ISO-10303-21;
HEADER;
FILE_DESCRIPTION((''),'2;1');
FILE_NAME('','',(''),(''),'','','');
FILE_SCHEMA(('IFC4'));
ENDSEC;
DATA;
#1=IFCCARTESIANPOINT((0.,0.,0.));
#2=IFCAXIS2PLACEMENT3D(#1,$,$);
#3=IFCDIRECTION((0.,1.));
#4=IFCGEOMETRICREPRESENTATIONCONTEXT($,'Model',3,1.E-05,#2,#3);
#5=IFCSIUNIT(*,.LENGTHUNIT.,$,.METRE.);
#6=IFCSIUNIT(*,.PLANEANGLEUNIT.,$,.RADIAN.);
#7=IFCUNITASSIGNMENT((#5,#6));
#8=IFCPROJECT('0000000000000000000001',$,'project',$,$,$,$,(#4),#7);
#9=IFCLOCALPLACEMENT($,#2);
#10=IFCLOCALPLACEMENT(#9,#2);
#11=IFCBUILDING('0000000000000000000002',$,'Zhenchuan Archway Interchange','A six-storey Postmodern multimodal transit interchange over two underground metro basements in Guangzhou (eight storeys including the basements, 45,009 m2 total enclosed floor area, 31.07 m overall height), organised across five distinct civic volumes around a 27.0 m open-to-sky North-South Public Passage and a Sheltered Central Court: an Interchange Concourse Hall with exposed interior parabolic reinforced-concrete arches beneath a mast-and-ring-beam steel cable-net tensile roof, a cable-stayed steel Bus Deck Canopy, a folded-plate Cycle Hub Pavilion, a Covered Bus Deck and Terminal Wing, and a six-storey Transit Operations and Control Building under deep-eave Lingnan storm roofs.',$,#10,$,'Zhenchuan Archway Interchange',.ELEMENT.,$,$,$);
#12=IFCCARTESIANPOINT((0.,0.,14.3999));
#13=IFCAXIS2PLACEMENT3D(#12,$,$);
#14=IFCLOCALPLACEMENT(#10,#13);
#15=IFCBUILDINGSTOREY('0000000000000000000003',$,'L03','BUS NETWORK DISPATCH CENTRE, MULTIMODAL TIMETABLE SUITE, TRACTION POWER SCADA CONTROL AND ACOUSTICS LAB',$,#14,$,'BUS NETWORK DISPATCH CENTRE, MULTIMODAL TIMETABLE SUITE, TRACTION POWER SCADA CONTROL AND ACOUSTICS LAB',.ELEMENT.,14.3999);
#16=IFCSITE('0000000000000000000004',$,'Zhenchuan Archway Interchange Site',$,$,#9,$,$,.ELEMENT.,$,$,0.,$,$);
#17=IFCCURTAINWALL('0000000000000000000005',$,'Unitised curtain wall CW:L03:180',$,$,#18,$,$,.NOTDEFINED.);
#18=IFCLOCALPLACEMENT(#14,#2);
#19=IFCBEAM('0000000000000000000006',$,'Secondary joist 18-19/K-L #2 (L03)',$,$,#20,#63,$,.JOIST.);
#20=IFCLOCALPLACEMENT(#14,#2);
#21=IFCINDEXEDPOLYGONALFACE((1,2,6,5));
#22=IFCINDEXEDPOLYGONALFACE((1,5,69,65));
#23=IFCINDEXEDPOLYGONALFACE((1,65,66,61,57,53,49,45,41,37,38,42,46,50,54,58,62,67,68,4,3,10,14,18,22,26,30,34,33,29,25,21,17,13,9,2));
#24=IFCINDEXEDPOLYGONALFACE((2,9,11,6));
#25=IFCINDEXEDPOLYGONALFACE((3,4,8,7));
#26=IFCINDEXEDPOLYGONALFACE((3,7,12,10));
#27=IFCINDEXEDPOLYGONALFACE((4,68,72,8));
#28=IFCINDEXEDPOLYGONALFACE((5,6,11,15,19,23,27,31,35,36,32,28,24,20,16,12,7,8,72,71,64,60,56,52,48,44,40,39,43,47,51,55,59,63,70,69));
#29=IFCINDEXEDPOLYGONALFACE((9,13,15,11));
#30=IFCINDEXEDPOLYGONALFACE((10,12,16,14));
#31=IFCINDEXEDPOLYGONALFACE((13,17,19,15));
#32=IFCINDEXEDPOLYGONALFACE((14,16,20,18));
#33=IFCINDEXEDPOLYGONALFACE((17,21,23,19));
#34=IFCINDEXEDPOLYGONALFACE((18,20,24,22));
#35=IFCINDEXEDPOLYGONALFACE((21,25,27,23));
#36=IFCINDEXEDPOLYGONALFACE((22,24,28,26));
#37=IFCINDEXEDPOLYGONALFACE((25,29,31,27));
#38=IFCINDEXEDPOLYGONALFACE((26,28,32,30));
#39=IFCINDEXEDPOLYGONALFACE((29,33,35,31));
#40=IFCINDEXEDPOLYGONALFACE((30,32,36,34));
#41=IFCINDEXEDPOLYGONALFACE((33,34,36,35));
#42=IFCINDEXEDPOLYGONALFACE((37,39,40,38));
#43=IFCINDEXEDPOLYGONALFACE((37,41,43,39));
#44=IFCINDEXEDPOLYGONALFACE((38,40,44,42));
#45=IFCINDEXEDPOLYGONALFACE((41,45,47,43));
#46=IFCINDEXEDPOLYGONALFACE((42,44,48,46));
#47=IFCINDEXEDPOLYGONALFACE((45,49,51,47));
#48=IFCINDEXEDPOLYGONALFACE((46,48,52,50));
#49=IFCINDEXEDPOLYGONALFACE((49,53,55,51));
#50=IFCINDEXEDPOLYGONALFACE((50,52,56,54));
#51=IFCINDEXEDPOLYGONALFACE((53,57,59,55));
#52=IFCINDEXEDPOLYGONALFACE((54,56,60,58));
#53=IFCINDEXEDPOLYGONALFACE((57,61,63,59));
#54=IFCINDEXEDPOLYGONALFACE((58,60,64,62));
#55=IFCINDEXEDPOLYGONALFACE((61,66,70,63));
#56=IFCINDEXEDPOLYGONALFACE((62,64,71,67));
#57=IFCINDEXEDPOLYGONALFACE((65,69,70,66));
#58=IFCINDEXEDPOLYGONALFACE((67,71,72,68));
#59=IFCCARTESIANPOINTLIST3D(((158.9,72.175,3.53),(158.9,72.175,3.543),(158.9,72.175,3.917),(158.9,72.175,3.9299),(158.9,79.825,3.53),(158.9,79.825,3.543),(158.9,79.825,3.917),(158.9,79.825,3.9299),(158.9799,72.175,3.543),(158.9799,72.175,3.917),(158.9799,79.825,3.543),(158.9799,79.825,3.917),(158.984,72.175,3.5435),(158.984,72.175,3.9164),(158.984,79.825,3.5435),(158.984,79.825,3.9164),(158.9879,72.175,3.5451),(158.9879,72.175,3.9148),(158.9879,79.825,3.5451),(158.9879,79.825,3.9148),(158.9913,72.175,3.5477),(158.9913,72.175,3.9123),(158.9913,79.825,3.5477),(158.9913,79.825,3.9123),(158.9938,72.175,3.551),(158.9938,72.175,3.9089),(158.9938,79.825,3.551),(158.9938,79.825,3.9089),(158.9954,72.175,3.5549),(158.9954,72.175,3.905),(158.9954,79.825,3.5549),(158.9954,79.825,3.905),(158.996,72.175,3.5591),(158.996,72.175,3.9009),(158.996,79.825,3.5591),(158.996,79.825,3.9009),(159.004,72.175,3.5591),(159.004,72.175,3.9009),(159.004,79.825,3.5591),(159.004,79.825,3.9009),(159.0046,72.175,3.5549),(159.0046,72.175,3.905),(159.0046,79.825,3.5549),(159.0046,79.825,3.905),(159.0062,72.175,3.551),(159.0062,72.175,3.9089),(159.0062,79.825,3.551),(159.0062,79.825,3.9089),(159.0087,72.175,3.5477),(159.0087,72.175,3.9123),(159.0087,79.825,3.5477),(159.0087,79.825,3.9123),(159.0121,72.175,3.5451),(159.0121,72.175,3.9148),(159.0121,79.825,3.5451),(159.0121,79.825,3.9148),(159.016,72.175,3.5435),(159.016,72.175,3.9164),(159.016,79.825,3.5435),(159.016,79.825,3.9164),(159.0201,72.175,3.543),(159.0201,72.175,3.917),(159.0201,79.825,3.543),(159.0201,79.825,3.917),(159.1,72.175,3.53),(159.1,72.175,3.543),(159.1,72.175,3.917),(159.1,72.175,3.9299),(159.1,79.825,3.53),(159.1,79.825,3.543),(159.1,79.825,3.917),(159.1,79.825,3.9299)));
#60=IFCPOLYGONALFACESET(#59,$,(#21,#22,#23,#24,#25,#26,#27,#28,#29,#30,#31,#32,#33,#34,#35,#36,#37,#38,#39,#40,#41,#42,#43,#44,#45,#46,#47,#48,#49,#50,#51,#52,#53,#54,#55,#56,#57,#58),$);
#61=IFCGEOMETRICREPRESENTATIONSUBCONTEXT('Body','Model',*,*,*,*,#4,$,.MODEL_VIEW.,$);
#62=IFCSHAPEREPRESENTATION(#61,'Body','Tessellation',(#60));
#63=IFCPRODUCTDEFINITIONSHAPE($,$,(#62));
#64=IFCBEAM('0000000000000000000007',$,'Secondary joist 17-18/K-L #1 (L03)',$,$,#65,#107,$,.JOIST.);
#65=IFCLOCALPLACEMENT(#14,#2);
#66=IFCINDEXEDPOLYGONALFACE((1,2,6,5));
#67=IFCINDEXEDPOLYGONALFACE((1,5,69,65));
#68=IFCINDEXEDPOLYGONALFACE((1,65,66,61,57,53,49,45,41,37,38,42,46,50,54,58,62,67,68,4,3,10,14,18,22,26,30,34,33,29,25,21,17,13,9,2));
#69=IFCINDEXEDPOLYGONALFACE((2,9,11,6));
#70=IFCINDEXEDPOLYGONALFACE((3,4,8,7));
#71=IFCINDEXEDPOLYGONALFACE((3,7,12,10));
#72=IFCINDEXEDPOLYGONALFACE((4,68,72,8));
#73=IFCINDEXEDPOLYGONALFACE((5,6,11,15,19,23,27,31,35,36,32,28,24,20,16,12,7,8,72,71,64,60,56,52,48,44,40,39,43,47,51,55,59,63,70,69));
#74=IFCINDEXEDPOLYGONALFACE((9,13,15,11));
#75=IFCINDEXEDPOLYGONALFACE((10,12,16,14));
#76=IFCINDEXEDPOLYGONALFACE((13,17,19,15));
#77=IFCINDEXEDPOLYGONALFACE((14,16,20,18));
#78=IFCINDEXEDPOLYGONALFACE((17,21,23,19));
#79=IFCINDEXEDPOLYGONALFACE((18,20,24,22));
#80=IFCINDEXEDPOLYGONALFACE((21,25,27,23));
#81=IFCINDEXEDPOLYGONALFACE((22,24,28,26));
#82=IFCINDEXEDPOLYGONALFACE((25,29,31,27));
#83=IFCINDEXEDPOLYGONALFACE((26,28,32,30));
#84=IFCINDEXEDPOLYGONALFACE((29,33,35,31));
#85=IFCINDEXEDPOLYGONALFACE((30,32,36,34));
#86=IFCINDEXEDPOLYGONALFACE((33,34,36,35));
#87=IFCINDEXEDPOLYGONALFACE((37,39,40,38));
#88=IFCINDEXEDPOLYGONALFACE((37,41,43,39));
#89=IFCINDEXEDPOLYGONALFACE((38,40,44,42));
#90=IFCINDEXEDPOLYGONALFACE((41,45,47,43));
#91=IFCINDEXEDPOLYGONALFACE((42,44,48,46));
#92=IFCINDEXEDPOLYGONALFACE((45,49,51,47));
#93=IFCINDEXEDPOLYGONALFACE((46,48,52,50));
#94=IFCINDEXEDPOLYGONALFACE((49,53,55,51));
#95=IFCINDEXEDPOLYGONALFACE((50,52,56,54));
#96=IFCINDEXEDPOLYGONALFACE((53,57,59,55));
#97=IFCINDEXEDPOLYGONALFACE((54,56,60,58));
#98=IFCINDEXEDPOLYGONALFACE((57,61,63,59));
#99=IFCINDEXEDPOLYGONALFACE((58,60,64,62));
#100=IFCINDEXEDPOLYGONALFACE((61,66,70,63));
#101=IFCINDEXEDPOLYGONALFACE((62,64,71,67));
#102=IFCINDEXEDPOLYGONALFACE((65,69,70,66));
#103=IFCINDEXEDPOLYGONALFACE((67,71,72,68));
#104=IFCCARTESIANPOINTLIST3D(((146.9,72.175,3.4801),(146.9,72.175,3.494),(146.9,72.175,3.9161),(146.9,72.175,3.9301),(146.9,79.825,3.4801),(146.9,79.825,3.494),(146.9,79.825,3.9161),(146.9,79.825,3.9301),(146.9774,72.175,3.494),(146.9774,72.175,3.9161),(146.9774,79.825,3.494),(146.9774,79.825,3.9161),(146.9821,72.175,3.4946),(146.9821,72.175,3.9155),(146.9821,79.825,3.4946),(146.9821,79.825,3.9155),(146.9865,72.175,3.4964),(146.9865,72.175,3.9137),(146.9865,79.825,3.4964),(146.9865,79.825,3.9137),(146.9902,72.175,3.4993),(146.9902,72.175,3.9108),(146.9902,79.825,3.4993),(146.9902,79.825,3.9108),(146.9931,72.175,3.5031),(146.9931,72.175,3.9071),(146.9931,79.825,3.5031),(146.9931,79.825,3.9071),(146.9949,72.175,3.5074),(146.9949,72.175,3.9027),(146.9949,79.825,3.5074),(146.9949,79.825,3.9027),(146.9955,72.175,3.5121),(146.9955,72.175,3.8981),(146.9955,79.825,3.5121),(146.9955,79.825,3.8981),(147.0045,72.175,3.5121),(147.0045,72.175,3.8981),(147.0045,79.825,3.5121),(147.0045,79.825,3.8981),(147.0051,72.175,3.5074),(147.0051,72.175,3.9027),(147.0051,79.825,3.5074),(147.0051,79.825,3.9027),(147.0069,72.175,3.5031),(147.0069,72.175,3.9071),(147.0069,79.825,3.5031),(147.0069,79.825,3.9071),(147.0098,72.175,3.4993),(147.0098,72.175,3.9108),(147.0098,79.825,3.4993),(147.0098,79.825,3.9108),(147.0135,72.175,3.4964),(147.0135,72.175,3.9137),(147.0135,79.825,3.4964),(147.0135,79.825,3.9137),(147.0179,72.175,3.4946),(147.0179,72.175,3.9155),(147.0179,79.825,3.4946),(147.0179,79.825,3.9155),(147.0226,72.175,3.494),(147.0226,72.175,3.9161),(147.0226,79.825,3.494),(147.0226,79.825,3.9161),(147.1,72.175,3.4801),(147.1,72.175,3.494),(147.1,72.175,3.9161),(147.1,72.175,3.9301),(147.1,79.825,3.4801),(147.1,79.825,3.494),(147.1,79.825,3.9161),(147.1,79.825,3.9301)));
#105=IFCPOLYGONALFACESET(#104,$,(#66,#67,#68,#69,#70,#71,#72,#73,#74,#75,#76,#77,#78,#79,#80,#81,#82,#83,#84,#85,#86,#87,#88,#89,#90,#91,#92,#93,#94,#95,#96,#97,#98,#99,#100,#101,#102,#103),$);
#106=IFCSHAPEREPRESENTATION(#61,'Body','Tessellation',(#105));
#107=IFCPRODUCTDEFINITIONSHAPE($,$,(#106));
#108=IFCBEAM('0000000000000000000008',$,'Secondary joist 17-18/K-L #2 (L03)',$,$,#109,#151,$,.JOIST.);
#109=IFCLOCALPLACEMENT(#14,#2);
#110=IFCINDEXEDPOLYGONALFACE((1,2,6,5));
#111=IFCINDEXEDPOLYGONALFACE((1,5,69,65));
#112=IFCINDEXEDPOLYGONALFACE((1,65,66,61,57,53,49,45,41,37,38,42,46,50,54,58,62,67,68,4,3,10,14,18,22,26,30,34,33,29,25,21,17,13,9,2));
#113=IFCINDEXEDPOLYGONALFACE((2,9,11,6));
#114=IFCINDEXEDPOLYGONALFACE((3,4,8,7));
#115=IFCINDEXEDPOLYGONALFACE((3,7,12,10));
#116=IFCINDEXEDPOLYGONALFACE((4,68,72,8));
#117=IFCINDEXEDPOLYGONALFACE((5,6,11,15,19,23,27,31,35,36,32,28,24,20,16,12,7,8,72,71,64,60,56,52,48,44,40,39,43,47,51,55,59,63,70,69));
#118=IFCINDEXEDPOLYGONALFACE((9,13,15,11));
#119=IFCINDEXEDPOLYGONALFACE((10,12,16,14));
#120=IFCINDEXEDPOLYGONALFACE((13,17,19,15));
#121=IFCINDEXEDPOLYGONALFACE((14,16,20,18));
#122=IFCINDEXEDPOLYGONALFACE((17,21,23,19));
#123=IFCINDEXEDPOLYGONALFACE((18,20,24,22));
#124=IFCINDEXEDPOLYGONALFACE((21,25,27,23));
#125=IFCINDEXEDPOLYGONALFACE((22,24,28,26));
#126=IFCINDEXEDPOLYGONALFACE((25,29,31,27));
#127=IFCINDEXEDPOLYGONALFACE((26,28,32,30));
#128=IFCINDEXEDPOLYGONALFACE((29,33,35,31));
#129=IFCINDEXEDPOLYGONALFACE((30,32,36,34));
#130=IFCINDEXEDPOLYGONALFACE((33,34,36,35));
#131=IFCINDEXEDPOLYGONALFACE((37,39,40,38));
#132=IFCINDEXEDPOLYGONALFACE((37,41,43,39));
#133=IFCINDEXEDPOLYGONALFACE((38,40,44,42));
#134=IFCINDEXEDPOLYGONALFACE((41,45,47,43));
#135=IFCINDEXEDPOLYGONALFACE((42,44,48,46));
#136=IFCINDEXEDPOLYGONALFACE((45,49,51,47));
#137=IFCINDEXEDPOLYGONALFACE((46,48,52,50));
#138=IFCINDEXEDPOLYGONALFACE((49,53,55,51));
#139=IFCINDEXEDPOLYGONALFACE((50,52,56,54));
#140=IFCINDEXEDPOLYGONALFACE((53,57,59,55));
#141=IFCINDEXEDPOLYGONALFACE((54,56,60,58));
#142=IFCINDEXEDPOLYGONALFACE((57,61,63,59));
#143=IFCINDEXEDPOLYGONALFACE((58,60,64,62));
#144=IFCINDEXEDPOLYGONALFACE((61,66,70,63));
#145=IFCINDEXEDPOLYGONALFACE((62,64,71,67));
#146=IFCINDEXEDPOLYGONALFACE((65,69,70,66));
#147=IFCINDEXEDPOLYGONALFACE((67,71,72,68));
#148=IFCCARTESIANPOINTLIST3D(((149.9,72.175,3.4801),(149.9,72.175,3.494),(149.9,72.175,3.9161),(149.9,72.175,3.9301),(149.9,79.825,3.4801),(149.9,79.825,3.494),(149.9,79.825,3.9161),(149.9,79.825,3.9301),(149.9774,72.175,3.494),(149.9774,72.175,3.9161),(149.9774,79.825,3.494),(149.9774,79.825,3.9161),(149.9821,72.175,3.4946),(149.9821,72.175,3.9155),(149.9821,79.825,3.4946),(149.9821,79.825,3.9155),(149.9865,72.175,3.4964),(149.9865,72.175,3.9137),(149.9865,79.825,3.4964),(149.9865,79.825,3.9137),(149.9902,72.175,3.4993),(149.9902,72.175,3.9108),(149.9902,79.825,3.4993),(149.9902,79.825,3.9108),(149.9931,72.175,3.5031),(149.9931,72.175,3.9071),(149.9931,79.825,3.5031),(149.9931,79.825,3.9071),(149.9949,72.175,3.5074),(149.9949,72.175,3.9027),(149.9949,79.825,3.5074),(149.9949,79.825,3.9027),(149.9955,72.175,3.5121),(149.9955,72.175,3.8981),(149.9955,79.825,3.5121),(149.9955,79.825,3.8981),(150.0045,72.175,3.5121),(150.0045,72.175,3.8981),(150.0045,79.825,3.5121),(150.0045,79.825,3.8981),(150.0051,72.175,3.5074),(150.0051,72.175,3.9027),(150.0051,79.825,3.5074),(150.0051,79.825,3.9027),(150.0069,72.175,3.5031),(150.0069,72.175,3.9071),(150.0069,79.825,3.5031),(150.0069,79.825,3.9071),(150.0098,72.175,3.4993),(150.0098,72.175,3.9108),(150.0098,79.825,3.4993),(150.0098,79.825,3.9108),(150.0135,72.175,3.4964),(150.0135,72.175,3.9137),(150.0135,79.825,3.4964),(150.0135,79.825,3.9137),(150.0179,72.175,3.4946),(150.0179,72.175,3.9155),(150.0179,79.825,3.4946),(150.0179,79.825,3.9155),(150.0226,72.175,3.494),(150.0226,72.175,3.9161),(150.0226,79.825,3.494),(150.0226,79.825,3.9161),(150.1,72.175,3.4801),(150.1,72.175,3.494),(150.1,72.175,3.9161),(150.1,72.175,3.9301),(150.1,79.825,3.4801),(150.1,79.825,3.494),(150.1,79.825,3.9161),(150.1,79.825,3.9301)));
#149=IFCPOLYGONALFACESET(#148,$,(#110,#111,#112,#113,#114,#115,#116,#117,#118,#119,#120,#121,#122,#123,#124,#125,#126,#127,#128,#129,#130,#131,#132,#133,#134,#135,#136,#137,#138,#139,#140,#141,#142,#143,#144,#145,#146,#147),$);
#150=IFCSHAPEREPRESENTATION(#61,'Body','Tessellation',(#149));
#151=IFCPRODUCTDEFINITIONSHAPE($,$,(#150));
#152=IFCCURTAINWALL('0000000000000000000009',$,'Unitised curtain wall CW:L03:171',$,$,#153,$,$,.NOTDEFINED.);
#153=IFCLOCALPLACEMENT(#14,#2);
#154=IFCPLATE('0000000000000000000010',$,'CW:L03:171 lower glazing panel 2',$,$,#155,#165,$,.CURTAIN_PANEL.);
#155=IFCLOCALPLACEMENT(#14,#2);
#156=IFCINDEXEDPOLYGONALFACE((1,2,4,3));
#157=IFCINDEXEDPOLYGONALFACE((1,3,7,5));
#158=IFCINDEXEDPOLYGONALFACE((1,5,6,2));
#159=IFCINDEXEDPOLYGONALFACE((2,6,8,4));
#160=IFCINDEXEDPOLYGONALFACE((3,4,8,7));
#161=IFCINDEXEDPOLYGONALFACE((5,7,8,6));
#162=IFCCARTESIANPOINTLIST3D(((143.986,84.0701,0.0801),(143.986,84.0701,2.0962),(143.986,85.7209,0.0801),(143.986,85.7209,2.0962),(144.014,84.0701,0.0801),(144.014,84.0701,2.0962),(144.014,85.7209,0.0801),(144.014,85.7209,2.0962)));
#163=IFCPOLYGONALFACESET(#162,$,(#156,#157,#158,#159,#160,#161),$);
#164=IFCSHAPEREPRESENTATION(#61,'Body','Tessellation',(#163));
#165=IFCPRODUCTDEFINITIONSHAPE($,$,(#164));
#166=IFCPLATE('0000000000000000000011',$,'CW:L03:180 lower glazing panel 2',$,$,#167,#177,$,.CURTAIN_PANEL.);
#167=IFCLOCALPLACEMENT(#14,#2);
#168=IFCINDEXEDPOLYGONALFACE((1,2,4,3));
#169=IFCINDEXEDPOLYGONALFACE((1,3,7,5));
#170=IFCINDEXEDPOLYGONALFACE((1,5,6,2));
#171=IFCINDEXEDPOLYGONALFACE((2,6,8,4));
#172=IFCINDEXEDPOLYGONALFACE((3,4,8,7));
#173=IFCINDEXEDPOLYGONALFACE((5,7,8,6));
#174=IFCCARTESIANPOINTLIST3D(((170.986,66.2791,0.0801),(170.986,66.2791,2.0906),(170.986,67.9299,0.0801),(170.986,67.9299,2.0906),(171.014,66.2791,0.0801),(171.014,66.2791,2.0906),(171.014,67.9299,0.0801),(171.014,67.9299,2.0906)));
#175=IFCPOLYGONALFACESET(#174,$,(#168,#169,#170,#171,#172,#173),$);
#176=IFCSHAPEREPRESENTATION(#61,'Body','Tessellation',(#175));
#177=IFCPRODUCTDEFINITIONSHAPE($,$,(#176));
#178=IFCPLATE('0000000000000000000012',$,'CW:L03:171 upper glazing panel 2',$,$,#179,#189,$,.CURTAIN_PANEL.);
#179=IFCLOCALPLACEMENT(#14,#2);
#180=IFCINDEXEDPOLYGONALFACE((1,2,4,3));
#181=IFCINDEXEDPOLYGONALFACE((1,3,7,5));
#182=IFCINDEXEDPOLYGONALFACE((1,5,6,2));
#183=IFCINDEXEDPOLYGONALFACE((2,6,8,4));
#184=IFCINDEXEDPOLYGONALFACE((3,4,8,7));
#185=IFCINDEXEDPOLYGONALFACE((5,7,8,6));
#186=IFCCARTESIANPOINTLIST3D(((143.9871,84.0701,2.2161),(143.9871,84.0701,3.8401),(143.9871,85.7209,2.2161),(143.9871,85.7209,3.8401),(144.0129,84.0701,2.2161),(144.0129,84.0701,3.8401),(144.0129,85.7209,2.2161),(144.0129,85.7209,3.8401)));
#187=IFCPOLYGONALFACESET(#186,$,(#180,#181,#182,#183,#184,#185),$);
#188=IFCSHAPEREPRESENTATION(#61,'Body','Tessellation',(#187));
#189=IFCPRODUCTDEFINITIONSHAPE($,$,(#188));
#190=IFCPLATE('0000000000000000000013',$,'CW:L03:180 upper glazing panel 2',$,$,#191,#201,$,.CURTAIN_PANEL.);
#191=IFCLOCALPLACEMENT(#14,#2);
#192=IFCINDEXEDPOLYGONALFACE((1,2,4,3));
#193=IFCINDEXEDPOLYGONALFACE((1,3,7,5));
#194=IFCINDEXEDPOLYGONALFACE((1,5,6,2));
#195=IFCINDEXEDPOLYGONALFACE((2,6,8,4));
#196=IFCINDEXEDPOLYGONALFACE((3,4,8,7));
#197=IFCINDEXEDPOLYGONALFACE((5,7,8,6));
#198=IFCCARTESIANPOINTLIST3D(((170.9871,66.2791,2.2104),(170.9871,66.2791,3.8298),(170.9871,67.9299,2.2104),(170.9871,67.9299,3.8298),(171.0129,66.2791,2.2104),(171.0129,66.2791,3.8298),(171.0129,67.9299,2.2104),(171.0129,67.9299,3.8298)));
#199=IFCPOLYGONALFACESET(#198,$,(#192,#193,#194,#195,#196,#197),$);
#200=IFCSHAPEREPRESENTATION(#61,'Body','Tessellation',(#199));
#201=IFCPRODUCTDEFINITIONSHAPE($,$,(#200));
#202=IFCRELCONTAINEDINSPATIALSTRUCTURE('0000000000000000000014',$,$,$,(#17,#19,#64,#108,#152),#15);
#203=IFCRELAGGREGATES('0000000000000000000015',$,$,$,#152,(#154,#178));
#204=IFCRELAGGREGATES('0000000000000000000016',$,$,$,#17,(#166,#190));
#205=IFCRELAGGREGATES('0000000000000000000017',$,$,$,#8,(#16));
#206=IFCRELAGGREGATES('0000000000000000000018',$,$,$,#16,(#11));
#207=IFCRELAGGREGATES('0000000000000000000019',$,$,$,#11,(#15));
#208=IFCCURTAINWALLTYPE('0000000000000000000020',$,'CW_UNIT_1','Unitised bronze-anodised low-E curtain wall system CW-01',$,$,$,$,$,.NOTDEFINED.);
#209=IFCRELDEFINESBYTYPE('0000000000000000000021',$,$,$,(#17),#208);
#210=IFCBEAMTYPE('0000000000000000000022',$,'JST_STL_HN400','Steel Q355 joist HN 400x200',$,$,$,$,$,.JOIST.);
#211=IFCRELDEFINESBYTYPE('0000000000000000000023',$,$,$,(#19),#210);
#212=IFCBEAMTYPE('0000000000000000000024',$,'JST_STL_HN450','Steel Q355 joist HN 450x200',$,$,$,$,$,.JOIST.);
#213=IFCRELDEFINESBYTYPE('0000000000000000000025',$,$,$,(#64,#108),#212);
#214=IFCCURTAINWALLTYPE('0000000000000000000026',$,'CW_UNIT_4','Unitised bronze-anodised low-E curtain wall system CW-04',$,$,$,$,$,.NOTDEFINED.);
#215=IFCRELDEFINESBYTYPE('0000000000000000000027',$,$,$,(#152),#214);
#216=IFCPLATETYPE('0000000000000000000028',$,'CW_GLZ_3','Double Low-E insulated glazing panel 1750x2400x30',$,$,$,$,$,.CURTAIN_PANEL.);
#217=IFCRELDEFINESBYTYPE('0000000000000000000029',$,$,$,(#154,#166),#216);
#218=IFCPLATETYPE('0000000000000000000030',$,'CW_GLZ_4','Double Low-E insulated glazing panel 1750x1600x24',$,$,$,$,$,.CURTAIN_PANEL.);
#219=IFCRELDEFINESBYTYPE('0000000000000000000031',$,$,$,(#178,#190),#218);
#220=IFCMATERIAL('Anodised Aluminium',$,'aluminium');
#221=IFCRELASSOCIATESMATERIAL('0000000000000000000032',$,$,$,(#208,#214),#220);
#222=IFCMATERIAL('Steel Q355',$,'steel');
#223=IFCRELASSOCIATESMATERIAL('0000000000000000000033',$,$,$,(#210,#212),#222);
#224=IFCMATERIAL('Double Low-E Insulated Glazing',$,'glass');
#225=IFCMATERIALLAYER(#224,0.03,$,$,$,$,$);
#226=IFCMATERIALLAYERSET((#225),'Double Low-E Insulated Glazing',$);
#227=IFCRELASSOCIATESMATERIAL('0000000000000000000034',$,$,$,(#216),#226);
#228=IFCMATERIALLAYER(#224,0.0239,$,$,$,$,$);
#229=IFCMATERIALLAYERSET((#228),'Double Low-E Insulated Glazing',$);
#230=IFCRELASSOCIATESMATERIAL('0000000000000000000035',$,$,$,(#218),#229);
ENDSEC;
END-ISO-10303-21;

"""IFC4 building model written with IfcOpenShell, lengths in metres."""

from ifc_helpers import new_model, si_unit, direction, frame, origin, origin_2d, place, context, subcontext, project, spatial, rectangle, i_section, extrude, material, layer, layer_set, material_profile, profile_set, type_object, element, aggregate, save


model = new_model("IFC4")

# Units and contexts
model_context = context("Model", 3, precision=1e-05, world=origin(), true_north=direction((0.0, 1.0)))
body_context = subcontext(model_context, "Body", "Model", "MODEL_VIEW")
ifc_project = project(units=[si_unit("LENGTHUNIT", "METRE"), si_unit("PLANEANGLEUNIT", "RADIAN")], contexts=[model_context])

# Site, building, storey
site_placement = place(None, origin())
site = spatial("IfcSite", under=ifc_project, at=site_placement, Name="Zhenchuan Archway Interchange Site", CompositionType="ELEMENT", RefElevation=0.0)
building_placement = place(site_placement, origin())
building = spatial("IfcBuilding", under=site, at=building_placement, Name="Zhenchuan Archway Interchange", Description="A six-storey Postmodern multimodal transit interchange over two underground metro basements in Guangzhou (eight storeys including the basements, 45,009 m2 total enclosed floor area, 31.07 m overall height), organised across five distinct civic volumes around a 27.0 m open-to-sky North-South Public Passage and a Sheltered Central Court: an Interchange Concourse Hall with exposed interior parabolic reinforced-concrete arches beneath a mast-and-ring-beam steel cable-net tensile roof, a cable-stayed steel Bus Deck Canopy, a folded-plate Cycle Hub Pavilion, a Covered Bus Deck and Terminal Wing, and a six-storey Transit Operations and Control Building under deep-eave Lingnan storm roofs.", LongName="Zhenchuan Archway Interchange", CompositionType="ELEMENT")
storey_placement = place(building_placement, frame((0.0, 0.0, 14.3999)))
storey = spatial("IfcBuildingStorey", under=building, at=storey_placement, Name="L03", Description="BUS NETWORK DISPATCH CENTRE, MULTIMODAL TIMETABLE SUITE, TRACTION POWER SCADA CONTROL AND ACOUSTICS LAB", LongName="BUS NETWORK DISPATCH CENTRE, MULTIMODAL TIMETABLE SUITE, TRACTION POWER SCADA CONTROL AND ACOUSTICS LAB", CompositionType="ELEMENT", Elevation=14.3999)

# Curtain wall
ifc_material_1 = material(Name="Anodised Aluminium", Category="aluminium")
curtain_wall_type_1 = type_object("IfcCurtainWallType", Name="CW_UNIT_1", Description="Unitised bronze-anodised low-E curtain wall system CW-01", PredefinedType="NOTDEFINED", material=ifc_material_1)
curtain_wall_1_placement = place(storey_placement, origin())
curtain_wall_1 = element("IfcCurtainWall", 1, at=curtain_wall_1_placement, inside=storey, type_object=curtain_wall_type_1, Name="Unitised curtain wall CW:L03:180", PredefinedType="NOTDEFINED")

# Beams
ifc_material_2 = material(Name="Steel Q355", Category="steel")
ifc_material_profile_1 = material_profile(ifc_material_2, i_section(OverallWidth=0.2, OverallDepth=0.3999, WebThickness=0.0081, FlangeThickness=0.0129, FilletRadius=0.0161, at=origin_2d()), Name="HN 400x200")
ifc_profile_set_1 = profile_set([ifc_material_profile_1], Name="Steel Q355")
beam_type_1 = type_object("IfcBeamType", Name="JST_STL_HN400", Description="Steel Q355 joist HN 400x200", PredefinedType="JOIST", material=ifc_profile_set_1)
for number, where, z_axis, x_axis, name in (
    (2, (159.0, 72.175, 3.73), (0.0, 1.0, 0.0), (-1.0, 0.0, 0.0), "Secondary joist 18-19/K-L #2 (L03)"),
):
    element("IfcBeam", number, at=place(storey_placement, frame(where, z_axis=z_axis, x_axis=x_axis)), inside=storey, type_object=beam_type_1, Name=name, PredefinedType="JOIST", context=body_context, shape_type="SweptSolid", body=[
        extrude(i_section(OverallWidth=0.2, OverallDepth=0.3999, WebThickness=0.0081, FlangeThickness=0.0129, FilletRadius=0.0161, at=origin_2d()), origin(), (0.0, 0.0, 1.0), 7.6499),
    ])
ifc_material_profile_2 = material_profile(ifc_material_2, i_section(OverallWidth=0.2, OverallDepth=0.45, WebThickness=0.009, FlangeThickness=0.0139, FilletRadius=0.0181, at=origin_2d()), Name="HN 450x200")
ifc_profile_set_2 = profile_set([ifc_material_profile_2], Name="Steel Q355")
beam_type_2 = type_object("IfcBeamType", Name="JST_STL_HN450", Description="Steel Q355 joist HN 450x200", PredefinedType="JOIST", material=ifc_profile_set_2)
for number, where, z_axis, x_axis, name in (
    (3, (147.0, 72.175, 3.7051), (0.0, 1.0, 0.0), (-1.0, 0.0, 0.0), "Secondary joist 17-18/K-L #1 (L03)"),
    (4, (150.0, 72.175, 3.7051), (0.0, 1.0, 0.0), (-1.0, 0.0, 0.0), "Secondary joist 17-18/K-L #2 (L03)"),
):
    element("IfcBeam", number, at=place(storey_placement, frame(where, z_axis=z_axis, x_axis=x_axis)), inside=storey, type_object=beam_type_2, Name=name, PredefinedType="JOIST", context=body_context, shape_type="SweptSolid", body=[
        extrude(i_section(OverallWidth=0.2, OverallDepth=0.45, WebThickness=0.009, FlangeThickness=0.0139, FilletRadius=0.0181, at=origin_2d()), origin(), (0.0, 0.0, 1.0), 7.6499),
    ])

# Curtain wall, plate
curtain_wall_type_2 = type_object("IfcCurtainWallType", Name="CW_UNIT_4", Description="Unitised bronze-anodised low-E curtain wall system CW-04", PredefinedType="NOTDEFINED", material=ifc_material_1)
curtain_wall_2_placement = place(storey_placement, origin())
curtain_wall_2 = element("IfcCurtainWall", 5, at=curtain_wall_2_placement, inside=storey, type_object=curtain_wall_type_2, Name="Unitised curtain wall CW:L03:171", PredefinedType="NOTDEFINED")
ifc_material_3 = material(Name="Double Low-E Insulated Glazing", Category="glass")
ifc_layer_1 = layer(ifc_material_3, 0.03)
ifc_layer_set_1 = layer_set([ifc_layer_1], Name="Double Low-E Insulated Glazing")
plate_type_1 = type_object("IfcPlateType", Name="CW_GLZ_3", Description="Double Low-E insulated glazing panel 1750x2400x30", PredefinedType="CURTAIN_PANEL", material=ifc_layer_set_1)
plate_1_placement = place(storey_placement, frame((144.0, 84.8955, 0.0801), z_axis=(0.0, 0.0, 1.0), x_axis=(0.0, 1.0, 0.0)))
plate_1 = element("IfcPlate", 6, at=plate_1_placement, type_object=plate_type_1, Name="CW:L03:171 lower glazing panel 2", PredefinedType="CURTAIN_PANEL", context=body_context, shape_type="SweptSolid", body=[
    extrude(rectangle(XDim=1.6509, YDim=0.0281, at=origin_2d()), origin(), (0.0, 0.0, 1.0), 2.0161),
])

# Plates
plate_2_placement = place(storey_placement, frame((171.0, 67.1045, 0.0801), z_axis=(0.0, 0.0, 1.0), x_axis=(0.0, -1.0, 0.0)))
plate_2 = element("IfcPlate", 7, at=plate_2_placement, type_object=plate_type_1, Name="CW:L03:180 lower glazing panel 2", PredefinedType="CURTAIN_PANEL", context=body_context, shape_type="SweptSolid", body=[
    extrude(rectangle(XDim=1.6509, YDim=0.0281, at=origin_2d()), origin(), (0.0, 0.0, 1.0), 2.0105),
])
ifc_layer_2 = layer(ifc_material_3, 0.0239)
ifc_layer_set_2 = layer_set([ifc_layer_2], Name="Double Low-E Insulated Glazing")
plate_type_2 = type_object("IfcPlateType", Name="CW_GLZ_4", Description="Double Low-E insulated glazing panel 1750x1600x24", PredefinedType="CURTAIN_PANEL", material=ifc_layer_set_2)
plate_3_placement = place(storey_placement, frame((144.0, 84.8955, 2.2161), z_axis=(0.0, 0.0, 1.0), x_axis=(0.0, 1.0, 0.0)))
plate_3 = element("IfcPlate", 8, at=plate_3_placement, type_object=plate_type_2, Name="CW:L03:171 upper glazing panel 2", PredefinedType="CURTAIN_PANEL", context=body_context, shape_type="SweptSolid", body=[
    extrude(rectangle(XDim=1.6509, YDim=0.0259, at=origin_2d()), origin(), (0.0, 0.0, 1.0), 1.624),
])
aggregate(curtain_wall_2, [plate_1, plate_3])
plate_4_placement = place(storey_placement, frame((171.0, 67.1045, 2.2104), z_axis=(0.0, 0.0, 1.0), x_axis=(0.0, -1.0, 0.0)))
plate_4 = element("IfcPlate", 9, at=plate_4_placement, type_object=plate_type_2, Name="CW:L03:180 upper glazing panel 2", PredefinedType="CURTAIN_PANEL", context=body_context, shape_type="SweptSolid", body=[
    extrude(rectangle(XDim=1.6509, YDim=0.0259, at=origin_2d()), origin(), (0.0, 0.0, 1.0), 1.6194),
])
aggregate(curtain_wall_1, [plate_2, plate_4])

save(model, "model.ifc")
